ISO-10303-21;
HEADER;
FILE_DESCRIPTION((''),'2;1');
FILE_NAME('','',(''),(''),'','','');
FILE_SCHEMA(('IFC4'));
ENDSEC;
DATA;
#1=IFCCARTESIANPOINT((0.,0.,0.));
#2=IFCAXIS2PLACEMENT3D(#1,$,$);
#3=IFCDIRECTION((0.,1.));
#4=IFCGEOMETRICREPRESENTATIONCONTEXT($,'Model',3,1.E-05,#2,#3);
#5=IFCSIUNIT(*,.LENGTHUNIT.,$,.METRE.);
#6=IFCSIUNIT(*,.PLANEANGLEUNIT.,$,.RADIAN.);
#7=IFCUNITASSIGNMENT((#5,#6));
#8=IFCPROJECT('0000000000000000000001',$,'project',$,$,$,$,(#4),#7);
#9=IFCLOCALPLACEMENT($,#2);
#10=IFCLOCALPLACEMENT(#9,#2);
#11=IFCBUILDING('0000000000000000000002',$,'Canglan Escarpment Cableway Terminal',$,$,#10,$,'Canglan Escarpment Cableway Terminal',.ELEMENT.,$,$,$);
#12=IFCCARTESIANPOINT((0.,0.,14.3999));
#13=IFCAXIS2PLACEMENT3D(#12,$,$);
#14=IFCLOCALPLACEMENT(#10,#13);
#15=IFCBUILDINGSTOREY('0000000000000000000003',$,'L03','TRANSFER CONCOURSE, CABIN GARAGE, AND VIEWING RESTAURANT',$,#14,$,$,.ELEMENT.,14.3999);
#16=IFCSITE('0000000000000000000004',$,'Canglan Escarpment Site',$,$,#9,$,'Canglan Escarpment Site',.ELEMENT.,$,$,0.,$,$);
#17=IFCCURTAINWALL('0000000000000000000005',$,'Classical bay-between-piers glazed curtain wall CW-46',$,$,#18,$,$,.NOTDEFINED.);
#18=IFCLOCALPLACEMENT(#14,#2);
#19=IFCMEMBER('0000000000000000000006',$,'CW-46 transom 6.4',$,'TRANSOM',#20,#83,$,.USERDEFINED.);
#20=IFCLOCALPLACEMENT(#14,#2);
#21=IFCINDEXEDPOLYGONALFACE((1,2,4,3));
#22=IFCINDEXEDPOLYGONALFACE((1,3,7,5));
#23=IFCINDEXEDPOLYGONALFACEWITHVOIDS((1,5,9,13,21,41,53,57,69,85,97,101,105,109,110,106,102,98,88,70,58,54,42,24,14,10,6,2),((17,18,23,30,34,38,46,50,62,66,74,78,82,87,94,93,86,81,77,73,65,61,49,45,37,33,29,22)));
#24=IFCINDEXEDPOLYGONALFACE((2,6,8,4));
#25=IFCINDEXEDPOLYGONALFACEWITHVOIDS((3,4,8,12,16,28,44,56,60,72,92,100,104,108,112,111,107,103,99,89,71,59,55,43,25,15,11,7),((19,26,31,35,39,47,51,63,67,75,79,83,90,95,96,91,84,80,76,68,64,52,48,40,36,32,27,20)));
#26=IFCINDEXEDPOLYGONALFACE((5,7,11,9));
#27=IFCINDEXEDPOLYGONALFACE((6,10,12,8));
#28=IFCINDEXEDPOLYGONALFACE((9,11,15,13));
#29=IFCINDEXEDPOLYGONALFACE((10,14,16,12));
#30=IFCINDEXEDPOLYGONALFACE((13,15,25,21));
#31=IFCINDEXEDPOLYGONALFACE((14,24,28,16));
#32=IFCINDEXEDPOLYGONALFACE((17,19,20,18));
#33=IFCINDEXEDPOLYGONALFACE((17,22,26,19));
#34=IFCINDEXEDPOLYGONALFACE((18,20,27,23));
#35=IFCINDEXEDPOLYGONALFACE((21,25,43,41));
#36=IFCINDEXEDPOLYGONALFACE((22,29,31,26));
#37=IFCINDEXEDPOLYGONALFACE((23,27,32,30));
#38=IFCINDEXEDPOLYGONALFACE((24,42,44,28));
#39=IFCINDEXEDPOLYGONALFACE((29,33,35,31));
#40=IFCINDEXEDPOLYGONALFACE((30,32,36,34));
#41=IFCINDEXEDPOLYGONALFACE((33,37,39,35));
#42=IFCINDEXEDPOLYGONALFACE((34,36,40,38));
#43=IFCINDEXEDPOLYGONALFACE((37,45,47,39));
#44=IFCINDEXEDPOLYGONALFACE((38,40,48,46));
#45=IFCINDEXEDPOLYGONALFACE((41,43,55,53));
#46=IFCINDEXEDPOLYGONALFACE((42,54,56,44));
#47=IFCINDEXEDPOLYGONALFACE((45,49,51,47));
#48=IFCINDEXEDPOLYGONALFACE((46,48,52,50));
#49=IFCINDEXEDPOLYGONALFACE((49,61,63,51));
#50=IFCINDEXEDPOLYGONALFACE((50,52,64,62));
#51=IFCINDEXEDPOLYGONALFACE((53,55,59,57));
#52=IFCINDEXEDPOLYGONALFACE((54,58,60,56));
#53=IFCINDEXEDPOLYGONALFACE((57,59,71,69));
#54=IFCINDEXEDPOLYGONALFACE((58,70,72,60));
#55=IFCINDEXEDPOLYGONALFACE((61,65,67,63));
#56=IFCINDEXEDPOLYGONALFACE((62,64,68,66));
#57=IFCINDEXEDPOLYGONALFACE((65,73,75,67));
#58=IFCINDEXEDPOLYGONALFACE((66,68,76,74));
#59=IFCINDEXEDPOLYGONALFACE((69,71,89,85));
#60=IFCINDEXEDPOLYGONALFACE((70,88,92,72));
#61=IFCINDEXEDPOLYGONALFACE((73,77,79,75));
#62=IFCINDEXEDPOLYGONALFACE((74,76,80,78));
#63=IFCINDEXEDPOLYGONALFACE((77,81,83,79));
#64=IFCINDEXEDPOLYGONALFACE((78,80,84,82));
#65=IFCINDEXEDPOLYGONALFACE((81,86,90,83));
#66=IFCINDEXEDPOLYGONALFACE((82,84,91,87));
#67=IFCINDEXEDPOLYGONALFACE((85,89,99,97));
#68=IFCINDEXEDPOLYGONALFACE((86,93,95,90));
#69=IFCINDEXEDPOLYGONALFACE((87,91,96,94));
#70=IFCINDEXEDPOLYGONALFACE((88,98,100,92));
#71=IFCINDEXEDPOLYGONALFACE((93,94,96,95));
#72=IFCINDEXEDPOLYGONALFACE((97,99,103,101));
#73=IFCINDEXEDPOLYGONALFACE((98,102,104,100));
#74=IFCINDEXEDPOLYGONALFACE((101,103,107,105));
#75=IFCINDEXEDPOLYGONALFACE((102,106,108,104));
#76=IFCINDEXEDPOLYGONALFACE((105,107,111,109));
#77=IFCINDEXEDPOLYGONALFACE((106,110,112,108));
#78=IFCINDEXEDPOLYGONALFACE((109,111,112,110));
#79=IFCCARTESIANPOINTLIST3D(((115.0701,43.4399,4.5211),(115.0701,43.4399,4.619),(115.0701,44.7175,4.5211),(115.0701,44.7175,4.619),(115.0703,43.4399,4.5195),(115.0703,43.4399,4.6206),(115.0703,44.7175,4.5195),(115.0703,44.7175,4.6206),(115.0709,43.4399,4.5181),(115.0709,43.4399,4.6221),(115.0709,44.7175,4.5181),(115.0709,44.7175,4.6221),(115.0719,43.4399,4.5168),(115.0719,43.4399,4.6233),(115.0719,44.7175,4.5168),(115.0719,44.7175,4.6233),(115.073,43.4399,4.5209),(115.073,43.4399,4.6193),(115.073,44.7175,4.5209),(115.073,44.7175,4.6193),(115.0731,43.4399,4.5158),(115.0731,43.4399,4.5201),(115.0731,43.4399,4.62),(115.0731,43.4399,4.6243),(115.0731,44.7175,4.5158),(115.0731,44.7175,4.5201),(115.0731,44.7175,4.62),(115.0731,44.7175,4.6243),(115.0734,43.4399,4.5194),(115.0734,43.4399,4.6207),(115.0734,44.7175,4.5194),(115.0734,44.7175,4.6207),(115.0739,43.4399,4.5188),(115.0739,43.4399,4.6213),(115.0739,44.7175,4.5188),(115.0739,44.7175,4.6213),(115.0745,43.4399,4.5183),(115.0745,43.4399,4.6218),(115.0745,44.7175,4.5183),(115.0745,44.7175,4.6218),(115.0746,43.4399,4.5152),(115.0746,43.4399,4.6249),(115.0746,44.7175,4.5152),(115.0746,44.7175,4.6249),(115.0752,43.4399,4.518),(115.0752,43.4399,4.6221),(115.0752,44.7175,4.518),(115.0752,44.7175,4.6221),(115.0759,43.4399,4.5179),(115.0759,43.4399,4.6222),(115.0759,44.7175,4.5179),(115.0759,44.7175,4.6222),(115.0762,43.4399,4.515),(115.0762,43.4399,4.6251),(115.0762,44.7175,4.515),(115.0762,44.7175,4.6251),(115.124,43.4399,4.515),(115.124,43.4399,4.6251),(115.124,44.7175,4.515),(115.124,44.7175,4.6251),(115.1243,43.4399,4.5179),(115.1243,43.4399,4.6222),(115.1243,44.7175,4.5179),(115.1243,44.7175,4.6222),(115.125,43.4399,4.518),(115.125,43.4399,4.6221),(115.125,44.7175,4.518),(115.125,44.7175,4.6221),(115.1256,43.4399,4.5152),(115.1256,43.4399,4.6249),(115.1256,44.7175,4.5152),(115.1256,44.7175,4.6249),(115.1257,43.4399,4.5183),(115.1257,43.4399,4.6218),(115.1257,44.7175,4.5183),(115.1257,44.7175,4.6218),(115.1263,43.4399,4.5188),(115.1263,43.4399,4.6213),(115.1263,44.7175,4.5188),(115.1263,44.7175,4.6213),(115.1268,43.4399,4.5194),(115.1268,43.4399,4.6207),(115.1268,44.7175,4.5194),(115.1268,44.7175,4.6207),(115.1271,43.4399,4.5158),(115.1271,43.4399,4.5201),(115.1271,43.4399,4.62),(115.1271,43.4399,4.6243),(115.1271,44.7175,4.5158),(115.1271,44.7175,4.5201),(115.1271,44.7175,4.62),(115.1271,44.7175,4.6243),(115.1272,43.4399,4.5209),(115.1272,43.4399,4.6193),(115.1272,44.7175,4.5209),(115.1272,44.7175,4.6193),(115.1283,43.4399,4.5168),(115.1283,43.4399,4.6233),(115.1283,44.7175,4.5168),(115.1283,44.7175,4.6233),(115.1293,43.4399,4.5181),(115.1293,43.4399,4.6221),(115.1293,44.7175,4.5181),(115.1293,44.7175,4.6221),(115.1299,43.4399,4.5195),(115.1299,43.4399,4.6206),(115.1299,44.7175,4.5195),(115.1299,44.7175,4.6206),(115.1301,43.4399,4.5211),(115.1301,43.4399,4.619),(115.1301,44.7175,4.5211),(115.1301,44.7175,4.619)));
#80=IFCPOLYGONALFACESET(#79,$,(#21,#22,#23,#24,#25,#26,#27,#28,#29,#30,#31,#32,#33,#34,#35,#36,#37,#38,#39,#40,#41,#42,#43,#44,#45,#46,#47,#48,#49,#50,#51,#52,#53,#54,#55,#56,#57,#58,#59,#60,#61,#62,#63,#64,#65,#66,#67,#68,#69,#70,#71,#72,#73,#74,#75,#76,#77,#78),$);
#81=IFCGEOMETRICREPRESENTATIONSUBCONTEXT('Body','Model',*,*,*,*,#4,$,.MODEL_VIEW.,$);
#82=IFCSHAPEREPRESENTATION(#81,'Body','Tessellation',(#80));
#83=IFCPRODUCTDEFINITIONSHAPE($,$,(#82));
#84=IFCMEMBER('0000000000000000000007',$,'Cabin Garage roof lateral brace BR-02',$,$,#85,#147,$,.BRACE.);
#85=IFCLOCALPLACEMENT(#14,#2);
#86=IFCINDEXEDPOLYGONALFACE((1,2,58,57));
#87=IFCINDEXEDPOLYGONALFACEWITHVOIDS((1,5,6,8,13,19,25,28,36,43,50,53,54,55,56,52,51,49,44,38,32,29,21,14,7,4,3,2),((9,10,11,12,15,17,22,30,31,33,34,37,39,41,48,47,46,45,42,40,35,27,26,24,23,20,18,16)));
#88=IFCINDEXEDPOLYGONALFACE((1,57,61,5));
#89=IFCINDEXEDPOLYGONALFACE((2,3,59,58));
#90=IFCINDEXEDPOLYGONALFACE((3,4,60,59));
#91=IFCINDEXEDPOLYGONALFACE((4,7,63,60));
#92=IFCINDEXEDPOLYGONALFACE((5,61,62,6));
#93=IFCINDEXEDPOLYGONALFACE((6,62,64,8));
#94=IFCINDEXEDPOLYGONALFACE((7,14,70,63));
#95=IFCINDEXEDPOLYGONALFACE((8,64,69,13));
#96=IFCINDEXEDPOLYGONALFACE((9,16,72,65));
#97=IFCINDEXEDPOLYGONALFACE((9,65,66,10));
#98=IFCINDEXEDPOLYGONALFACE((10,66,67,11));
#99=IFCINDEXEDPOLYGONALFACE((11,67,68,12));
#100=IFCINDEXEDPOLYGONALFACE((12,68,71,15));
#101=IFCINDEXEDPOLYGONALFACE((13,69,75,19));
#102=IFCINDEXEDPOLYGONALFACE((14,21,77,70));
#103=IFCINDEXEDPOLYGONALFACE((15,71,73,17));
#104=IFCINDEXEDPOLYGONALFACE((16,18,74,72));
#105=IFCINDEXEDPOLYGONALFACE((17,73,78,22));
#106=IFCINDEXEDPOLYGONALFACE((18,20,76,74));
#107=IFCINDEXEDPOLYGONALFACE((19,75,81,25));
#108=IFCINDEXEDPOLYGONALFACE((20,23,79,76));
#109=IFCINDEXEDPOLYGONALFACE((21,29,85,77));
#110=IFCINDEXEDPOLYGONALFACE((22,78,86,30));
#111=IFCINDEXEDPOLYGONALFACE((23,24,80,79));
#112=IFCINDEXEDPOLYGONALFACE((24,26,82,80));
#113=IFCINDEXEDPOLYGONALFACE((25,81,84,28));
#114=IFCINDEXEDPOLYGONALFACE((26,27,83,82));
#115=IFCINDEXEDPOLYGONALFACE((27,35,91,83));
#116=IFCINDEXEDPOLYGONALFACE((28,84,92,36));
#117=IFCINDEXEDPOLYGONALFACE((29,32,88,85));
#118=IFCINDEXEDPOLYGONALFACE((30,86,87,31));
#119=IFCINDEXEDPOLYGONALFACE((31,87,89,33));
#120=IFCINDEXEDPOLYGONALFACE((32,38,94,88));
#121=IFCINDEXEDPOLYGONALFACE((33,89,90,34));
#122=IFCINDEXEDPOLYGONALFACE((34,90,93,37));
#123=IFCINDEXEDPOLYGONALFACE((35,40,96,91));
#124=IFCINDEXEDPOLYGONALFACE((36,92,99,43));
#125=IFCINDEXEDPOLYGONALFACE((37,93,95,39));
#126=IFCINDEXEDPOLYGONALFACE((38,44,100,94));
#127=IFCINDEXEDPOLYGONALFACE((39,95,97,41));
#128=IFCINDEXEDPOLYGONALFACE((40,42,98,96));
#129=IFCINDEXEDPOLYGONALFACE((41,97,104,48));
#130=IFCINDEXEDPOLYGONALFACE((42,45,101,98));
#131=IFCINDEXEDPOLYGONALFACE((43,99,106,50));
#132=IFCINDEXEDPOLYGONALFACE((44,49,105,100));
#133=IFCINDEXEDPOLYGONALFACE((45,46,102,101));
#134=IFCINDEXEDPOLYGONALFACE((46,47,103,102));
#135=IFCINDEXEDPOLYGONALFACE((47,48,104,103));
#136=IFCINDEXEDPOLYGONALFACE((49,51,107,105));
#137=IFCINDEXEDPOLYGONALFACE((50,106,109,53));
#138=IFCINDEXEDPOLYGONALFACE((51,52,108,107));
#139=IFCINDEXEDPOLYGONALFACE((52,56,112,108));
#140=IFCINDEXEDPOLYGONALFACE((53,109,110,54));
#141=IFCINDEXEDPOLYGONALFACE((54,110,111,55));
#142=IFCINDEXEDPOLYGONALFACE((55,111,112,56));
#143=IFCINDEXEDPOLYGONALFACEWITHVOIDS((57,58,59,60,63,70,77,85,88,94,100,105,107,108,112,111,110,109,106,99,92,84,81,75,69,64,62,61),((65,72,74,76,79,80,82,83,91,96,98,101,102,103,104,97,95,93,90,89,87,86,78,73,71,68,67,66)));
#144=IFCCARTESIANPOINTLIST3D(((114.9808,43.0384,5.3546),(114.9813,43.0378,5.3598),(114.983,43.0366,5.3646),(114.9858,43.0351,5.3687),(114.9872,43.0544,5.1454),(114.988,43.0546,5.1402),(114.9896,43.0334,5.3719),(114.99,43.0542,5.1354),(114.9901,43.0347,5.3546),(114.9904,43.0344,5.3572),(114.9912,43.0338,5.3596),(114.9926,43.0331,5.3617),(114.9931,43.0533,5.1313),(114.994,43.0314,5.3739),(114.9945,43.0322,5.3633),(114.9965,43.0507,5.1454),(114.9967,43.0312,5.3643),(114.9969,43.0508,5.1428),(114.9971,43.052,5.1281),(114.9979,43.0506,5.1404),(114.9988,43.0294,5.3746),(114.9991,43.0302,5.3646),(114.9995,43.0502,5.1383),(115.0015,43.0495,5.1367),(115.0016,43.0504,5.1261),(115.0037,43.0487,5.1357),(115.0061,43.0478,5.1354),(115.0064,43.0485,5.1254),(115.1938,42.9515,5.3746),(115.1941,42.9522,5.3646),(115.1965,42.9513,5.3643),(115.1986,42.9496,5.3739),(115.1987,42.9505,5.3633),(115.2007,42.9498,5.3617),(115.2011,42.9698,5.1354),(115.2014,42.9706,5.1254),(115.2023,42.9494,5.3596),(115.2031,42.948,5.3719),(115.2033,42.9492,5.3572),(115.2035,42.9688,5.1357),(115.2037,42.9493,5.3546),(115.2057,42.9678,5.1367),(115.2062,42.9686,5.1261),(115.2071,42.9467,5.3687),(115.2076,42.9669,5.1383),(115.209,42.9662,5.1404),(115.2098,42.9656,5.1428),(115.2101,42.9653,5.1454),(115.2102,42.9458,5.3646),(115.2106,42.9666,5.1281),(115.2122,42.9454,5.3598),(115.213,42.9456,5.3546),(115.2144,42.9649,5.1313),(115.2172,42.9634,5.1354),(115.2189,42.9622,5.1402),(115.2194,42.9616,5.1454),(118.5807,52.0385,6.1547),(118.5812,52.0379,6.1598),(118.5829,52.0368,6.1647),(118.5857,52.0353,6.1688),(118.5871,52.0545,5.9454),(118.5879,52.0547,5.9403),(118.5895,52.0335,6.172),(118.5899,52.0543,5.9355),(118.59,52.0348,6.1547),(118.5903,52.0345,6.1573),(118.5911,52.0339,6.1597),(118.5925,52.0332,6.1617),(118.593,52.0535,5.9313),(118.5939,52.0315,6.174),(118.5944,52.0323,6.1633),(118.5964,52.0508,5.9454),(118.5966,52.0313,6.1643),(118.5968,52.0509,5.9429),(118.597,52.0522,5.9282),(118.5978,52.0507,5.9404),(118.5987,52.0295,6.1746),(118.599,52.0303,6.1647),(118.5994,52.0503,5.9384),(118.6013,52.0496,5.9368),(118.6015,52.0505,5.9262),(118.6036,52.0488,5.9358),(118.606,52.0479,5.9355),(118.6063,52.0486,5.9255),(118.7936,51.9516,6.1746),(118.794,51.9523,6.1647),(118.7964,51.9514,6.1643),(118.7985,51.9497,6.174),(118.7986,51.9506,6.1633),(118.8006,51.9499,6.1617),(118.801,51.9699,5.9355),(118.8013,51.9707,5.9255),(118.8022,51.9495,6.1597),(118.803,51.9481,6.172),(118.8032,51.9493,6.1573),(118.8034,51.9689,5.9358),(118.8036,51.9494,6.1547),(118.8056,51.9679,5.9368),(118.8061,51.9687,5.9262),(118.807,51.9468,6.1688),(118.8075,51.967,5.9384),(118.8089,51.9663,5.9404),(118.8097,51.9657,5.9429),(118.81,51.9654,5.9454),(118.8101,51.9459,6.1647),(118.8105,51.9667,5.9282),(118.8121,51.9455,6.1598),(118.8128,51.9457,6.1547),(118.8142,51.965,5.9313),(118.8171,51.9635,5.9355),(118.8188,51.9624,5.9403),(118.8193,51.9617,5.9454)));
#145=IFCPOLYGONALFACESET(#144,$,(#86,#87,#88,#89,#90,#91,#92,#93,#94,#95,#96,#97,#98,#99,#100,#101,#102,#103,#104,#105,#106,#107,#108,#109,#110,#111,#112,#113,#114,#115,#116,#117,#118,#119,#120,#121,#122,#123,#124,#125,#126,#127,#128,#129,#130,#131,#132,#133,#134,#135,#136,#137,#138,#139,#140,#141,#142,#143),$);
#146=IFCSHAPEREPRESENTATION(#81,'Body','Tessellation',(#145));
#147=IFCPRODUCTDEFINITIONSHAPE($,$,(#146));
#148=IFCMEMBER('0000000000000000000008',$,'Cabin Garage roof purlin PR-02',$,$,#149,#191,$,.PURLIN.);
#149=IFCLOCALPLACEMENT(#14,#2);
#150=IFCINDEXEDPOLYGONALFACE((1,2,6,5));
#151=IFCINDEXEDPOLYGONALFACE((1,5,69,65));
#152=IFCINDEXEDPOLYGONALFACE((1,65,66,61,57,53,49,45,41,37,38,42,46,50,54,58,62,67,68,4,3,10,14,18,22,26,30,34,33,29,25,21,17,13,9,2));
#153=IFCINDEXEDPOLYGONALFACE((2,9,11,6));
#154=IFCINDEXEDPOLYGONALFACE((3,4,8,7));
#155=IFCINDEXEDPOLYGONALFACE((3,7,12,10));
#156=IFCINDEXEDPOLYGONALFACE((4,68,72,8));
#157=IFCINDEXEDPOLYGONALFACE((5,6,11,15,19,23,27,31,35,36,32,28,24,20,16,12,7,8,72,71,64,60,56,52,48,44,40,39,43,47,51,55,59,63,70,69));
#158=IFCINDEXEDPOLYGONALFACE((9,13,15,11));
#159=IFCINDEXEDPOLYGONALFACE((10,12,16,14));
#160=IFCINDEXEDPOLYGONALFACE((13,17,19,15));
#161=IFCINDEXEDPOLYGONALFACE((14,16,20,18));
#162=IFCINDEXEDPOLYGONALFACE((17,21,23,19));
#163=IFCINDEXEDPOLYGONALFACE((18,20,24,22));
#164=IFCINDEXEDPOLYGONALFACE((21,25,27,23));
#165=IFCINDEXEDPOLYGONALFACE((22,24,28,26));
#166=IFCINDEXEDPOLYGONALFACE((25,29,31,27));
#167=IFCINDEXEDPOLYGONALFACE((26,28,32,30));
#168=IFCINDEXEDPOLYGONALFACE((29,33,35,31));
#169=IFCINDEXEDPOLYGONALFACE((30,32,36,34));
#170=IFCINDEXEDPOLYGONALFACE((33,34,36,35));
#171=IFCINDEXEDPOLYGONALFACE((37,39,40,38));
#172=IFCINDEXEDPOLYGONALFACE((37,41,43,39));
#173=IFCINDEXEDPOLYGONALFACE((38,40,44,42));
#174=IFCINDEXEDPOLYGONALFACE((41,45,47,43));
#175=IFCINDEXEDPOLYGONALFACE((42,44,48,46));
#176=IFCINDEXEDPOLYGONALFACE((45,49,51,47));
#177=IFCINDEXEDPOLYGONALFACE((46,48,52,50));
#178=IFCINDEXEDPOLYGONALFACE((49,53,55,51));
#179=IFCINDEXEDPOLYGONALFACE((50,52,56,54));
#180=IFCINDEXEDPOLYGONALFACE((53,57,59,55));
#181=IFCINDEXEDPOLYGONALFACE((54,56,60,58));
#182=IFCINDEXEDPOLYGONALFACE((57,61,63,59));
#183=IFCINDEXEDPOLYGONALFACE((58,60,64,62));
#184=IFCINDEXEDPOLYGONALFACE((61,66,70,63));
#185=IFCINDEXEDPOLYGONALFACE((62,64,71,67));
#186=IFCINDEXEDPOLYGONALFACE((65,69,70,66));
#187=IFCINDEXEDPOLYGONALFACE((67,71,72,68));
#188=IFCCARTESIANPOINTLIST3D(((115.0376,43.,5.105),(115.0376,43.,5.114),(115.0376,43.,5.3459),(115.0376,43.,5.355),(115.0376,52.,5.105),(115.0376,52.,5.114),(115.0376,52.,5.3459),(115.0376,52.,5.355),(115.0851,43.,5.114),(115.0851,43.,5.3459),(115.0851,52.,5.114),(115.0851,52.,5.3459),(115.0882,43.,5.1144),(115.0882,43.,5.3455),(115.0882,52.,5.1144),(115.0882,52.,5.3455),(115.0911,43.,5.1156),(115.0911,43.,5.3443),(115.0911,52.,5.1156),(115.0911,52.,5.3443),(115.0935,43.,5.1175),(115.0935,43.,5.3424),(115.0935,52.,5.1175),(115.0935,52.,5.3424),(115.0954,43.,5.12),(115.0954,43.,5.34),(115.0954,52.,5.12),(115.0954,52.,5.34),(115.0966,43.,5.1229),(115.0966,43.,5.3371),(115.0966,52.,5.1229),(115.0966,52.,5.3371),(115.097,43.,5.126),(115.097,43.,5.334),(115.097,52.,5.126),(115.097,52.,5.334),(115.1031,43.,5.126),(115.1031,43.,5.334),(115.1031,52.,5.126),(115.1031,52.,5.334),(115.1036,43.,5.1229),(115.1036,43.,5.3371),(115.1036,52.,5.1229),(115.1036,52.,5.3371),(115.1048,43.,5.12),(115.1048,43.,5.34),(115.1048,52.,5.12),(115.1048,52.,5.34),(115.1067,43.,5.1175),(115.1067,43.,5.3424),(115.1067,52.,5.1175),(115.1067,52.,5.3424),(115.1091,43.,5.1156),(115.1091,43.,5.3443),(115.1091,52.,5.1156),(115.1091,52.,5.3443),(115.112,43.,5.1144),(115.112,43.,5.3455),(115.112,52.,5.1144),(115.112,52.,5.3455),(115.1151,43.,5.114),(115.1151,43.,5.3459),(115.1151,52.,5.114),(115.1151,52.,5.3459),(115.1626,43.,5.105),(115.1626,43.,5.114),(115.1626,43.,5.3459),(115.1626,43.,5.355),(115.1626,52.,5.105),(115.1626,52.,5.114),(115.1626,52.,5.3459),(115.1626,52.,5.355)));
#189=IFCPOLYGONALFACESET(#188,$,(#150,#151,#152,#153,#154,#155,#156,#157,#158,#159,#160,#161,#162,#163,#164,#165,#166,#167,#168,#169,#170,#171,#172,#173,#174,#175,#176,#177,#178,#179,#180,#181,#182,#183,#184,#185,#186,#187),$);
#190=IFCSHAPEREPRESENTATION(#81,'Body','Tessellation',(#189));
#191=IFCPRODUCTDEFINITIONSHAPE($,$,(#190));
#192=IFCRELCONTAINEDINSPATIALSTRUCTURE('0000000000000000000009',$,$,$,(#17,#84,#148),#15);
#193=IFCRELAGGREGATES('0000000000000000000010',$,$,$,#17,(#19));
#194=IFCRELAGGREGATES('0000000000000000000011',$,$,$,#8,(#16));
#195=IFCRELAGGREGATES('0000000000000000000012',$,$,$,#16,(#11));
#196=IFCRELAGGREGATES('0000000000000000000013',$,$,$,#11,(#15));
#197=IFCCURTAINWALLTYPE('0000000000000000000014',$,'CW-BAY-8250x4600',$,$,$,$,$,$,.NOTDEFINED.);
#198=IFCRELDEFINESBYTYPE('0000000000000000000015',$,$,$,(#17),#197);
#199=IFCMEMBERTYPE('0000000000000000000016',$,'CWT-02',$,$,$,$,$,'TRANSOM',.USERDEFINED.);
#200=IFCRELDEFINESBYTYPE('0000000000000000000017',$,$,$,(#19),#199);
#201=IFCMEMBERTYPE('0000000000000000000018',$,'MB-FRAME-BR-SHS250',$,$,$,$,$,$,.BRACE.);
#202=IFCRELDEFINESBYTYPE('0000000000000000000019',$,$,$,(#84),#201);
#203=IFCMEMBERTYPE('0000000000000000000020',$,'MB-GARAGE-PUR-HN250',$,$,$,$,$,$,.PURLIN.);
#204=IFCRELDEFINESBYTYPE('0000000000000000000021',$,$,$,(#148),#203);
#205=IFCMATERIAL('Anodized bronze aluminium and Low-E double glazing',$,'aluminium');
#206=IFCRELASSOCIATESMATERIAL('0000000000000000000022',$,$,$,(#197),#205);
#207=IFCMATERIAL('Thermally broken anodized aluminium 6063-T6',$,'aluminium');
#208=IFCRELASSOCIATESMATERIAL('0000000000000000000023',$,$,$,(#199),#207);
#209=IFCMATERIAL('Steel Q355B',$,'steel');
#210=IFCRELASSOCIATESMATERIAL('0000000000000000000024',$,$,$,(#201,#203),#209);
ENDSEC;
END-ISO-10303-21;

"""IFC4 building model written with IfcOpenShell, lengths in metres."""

from ifc_helpers import new_model, si_unit, direction, frame, origin, origin_2d, place, context, subcontext, project, spatial, hollow_rectangle, i_section, extrude, material, material_profile, profile_set, type_object, element, aggregate, save


model = new_model("IFC4")

# Units and contexts
model_context = context("Model", 3, precision=1e-05, world=origin(), true_north=direction((0.0, 1.0)))
body_context = subcontext(model_context, "Body", "Model", "MODEL_VIEW")
ifc_project = project(units=[si_unit("LENGTHUNIT", "METRE"), si_unit("PLANEANGLEUNIT", "RADIAN")], contexts=[model_context])

# Site, building, storey
site_placement = place(None, origin())
site = spatial("IfcSite", under=ifc_project, at=site_placement, Name="Canglan Escarpment Site", LongName="Canglan Escarpment Site", CompositionType="ELEMENT", RefElevation=0.0)
building_placement = place(site_placement, origin())
building = spatial("IfcBuilding", under=site, at=building_placement, Name="Canglan Escarpment Cableway Terminal", LongName="Canglan Escarpment Cableway Terminal", CompositionType="ELEMENT")
storey_placement = place(building_placement, frame((0.0, 0.0, 14.3999)))
storey = spatial("IfcBuildingStorey", under=building, at=storey_placement, Name="L03", Description="TRANSFER CONCOURSE, CABIN GARAGE, AND VIEWING RESTAURANT", CompositionType="ELEMENT", Elevation=14.3999)

# Shared definitions
ifc_material_1 = material(Name="Steel Q355B", Category="steel")

# Curtain wall, member
ifc_material_2 = material(Name="Anodized bronze aluminium and Low-E double glazing", Category="aluminium")
curtain_wall_type = type_object("IfcCurtainWallType", Name="CW-BAY-8250x4600", PredefinedType="NOTDEFINED", material=ifc_material_2)
curtain_wall_placement = place(storey_placement, origin())
curtain_wall = element("IfcCurtainWall", 1, at=curtain_wall_placement, inside=storey, type_object=curtain_wall_type, Name="Classical bay-between-piers glazed curtain wall CW-46", PredefinedType="NOTDEFINED")
ifc_material_3 = material(Name="Thermally broken anodized aluminium 6063-T6", Category="aluminium")
ifc_material_profile_1 = material_profile(ifc_material_3, hollow_rectangle(XDim=0.0601, YDim=0.1101, WallThickness=0.0029, InnerFilletRadius=0.0029, OuterFilletRadius=0.0061, at=origin_2d()), Name="ALU-TRAN 60x110x3")
ifc_profile_set_1 = profile_set([ifc_material_profile_1], Name="Thermally broken anodized aluminium 6063-T6")
member_type_1 = type_object("IfcMemberType", Name="CWT-02", ElementType="TRANSOM", PredefinedType="USERDEFINED", material=ifc_profile_set_1)
member_1_placement = place(storey_placement, frame((115.1001, 44.7175, 4.5701), z_axis=(0.0, -1.0, 0.0), x_axis=(1.0, 0.0, 0.0)))
member_1 = element("IfcMember", 2, at=member_1_placement, type_object=member_type_1, Name="CW-46 transom 6.4", ObjectType="TRANSOM", PredefinedType="USERDEFINED", context=body_context, shape_type="SweptSolid", body=[
    extrude(hollow_rectangle(XDim=0.0601, YDim=0.1101, WallThickness=0.0029, InnerFilletRadius=0.0029, OuterFilletRadius=0.0061, at=origin_2d()), origin(), (0.0, 0.0, 1.0), 1.2776),
])

# Members
ifc_material_profile_2 = material_profile(ifc_material_1, hollow_rectangle(XDim=0.25, YDim=0.25, WallThickness=0.01, InnerFilletRadius=0.01, OuterFilletRadius=0.02, at=origin_2d()), Name="SHS 250x250x10")
ifc_profile_set_2 = profile_set([ifc_material_profile_2], Name="Steel Q355B")
member_type_2 = type_object("IfcMemberType", Name="MB-FRAME-BR-SHS250", PredefinedType="BRACE", material=ifc_profile_set_2)
member_2_placement = place(storey_placement, frame((115.1001, 43.0, 5.25), z_axis=(0.370119, 0.925335, 0.082257), x_axis=(-0.928482, 0.371378, 0.0)))
element("IfcMember", 3, at=member_2_placement, inside=storey, type_object=member_type_2, Name="Cabin Garage roof lateral brace BR-02", PredefinedType="BRACE", context=body_context, shape_type="SweptSolid", body=[
    extrude(hollow_rectangle(XDim=0.25, YDim=0.25, WallThickness=0.01, InnerFilletRadius=0.01, OuterFilletRadius=0.02, at=origin_2d()), origin(), (0.0, 0.0, 1.0), 9.7263),
])
ifc_material_profile_3 = material_profile(ifc_material_1, i_section(OverallWidth=0.125, OverallDepth=0.25, WebThickness=0.0061, FlangeThickness=0.009, FilletRadius=0.012, at=origin_2d()), Name="HN 250x125x6x9")
ifc_profile_set_3 = profile_set([ifc_material_profile_3], Name="Steel Q355B")
member_type_3 = type_object("IfcMemberType", Name="MB-GARAGE-PUR-HN250", PredefinedType="PURLIN", material=ifc_profile_set_3)
for number, where, z_axis, x_axis, name in (
    (4, (115.1001, 43.0, 5.23), (0.0, 1.0, 0.0), (-1.0, 0.0, 0.0), "Cabin Garage roof purlin PR-02"),
):
    element("IfcMember", number, at=place(storey_placement, frame(where, z_axis=z_axis, x_axis=x_axis)), inside=storey, type_object=member_type_3, Name=name, PredefinedType="PURLIN", context=body_context, shape_type="SweptSolid", body=[
        extrude(i_section(OverallWidth=0.125, OverallDepth=0.25, WebThickness=0.0061, FlangeThickness=0.009, FilletRadius=0.012, at=origin_2d()), origin(), (0.0, 0.0, 1.0), 9.0),
    ])

aggregate(curtain_wall, [member_1])

save(model, "model.ifc")
